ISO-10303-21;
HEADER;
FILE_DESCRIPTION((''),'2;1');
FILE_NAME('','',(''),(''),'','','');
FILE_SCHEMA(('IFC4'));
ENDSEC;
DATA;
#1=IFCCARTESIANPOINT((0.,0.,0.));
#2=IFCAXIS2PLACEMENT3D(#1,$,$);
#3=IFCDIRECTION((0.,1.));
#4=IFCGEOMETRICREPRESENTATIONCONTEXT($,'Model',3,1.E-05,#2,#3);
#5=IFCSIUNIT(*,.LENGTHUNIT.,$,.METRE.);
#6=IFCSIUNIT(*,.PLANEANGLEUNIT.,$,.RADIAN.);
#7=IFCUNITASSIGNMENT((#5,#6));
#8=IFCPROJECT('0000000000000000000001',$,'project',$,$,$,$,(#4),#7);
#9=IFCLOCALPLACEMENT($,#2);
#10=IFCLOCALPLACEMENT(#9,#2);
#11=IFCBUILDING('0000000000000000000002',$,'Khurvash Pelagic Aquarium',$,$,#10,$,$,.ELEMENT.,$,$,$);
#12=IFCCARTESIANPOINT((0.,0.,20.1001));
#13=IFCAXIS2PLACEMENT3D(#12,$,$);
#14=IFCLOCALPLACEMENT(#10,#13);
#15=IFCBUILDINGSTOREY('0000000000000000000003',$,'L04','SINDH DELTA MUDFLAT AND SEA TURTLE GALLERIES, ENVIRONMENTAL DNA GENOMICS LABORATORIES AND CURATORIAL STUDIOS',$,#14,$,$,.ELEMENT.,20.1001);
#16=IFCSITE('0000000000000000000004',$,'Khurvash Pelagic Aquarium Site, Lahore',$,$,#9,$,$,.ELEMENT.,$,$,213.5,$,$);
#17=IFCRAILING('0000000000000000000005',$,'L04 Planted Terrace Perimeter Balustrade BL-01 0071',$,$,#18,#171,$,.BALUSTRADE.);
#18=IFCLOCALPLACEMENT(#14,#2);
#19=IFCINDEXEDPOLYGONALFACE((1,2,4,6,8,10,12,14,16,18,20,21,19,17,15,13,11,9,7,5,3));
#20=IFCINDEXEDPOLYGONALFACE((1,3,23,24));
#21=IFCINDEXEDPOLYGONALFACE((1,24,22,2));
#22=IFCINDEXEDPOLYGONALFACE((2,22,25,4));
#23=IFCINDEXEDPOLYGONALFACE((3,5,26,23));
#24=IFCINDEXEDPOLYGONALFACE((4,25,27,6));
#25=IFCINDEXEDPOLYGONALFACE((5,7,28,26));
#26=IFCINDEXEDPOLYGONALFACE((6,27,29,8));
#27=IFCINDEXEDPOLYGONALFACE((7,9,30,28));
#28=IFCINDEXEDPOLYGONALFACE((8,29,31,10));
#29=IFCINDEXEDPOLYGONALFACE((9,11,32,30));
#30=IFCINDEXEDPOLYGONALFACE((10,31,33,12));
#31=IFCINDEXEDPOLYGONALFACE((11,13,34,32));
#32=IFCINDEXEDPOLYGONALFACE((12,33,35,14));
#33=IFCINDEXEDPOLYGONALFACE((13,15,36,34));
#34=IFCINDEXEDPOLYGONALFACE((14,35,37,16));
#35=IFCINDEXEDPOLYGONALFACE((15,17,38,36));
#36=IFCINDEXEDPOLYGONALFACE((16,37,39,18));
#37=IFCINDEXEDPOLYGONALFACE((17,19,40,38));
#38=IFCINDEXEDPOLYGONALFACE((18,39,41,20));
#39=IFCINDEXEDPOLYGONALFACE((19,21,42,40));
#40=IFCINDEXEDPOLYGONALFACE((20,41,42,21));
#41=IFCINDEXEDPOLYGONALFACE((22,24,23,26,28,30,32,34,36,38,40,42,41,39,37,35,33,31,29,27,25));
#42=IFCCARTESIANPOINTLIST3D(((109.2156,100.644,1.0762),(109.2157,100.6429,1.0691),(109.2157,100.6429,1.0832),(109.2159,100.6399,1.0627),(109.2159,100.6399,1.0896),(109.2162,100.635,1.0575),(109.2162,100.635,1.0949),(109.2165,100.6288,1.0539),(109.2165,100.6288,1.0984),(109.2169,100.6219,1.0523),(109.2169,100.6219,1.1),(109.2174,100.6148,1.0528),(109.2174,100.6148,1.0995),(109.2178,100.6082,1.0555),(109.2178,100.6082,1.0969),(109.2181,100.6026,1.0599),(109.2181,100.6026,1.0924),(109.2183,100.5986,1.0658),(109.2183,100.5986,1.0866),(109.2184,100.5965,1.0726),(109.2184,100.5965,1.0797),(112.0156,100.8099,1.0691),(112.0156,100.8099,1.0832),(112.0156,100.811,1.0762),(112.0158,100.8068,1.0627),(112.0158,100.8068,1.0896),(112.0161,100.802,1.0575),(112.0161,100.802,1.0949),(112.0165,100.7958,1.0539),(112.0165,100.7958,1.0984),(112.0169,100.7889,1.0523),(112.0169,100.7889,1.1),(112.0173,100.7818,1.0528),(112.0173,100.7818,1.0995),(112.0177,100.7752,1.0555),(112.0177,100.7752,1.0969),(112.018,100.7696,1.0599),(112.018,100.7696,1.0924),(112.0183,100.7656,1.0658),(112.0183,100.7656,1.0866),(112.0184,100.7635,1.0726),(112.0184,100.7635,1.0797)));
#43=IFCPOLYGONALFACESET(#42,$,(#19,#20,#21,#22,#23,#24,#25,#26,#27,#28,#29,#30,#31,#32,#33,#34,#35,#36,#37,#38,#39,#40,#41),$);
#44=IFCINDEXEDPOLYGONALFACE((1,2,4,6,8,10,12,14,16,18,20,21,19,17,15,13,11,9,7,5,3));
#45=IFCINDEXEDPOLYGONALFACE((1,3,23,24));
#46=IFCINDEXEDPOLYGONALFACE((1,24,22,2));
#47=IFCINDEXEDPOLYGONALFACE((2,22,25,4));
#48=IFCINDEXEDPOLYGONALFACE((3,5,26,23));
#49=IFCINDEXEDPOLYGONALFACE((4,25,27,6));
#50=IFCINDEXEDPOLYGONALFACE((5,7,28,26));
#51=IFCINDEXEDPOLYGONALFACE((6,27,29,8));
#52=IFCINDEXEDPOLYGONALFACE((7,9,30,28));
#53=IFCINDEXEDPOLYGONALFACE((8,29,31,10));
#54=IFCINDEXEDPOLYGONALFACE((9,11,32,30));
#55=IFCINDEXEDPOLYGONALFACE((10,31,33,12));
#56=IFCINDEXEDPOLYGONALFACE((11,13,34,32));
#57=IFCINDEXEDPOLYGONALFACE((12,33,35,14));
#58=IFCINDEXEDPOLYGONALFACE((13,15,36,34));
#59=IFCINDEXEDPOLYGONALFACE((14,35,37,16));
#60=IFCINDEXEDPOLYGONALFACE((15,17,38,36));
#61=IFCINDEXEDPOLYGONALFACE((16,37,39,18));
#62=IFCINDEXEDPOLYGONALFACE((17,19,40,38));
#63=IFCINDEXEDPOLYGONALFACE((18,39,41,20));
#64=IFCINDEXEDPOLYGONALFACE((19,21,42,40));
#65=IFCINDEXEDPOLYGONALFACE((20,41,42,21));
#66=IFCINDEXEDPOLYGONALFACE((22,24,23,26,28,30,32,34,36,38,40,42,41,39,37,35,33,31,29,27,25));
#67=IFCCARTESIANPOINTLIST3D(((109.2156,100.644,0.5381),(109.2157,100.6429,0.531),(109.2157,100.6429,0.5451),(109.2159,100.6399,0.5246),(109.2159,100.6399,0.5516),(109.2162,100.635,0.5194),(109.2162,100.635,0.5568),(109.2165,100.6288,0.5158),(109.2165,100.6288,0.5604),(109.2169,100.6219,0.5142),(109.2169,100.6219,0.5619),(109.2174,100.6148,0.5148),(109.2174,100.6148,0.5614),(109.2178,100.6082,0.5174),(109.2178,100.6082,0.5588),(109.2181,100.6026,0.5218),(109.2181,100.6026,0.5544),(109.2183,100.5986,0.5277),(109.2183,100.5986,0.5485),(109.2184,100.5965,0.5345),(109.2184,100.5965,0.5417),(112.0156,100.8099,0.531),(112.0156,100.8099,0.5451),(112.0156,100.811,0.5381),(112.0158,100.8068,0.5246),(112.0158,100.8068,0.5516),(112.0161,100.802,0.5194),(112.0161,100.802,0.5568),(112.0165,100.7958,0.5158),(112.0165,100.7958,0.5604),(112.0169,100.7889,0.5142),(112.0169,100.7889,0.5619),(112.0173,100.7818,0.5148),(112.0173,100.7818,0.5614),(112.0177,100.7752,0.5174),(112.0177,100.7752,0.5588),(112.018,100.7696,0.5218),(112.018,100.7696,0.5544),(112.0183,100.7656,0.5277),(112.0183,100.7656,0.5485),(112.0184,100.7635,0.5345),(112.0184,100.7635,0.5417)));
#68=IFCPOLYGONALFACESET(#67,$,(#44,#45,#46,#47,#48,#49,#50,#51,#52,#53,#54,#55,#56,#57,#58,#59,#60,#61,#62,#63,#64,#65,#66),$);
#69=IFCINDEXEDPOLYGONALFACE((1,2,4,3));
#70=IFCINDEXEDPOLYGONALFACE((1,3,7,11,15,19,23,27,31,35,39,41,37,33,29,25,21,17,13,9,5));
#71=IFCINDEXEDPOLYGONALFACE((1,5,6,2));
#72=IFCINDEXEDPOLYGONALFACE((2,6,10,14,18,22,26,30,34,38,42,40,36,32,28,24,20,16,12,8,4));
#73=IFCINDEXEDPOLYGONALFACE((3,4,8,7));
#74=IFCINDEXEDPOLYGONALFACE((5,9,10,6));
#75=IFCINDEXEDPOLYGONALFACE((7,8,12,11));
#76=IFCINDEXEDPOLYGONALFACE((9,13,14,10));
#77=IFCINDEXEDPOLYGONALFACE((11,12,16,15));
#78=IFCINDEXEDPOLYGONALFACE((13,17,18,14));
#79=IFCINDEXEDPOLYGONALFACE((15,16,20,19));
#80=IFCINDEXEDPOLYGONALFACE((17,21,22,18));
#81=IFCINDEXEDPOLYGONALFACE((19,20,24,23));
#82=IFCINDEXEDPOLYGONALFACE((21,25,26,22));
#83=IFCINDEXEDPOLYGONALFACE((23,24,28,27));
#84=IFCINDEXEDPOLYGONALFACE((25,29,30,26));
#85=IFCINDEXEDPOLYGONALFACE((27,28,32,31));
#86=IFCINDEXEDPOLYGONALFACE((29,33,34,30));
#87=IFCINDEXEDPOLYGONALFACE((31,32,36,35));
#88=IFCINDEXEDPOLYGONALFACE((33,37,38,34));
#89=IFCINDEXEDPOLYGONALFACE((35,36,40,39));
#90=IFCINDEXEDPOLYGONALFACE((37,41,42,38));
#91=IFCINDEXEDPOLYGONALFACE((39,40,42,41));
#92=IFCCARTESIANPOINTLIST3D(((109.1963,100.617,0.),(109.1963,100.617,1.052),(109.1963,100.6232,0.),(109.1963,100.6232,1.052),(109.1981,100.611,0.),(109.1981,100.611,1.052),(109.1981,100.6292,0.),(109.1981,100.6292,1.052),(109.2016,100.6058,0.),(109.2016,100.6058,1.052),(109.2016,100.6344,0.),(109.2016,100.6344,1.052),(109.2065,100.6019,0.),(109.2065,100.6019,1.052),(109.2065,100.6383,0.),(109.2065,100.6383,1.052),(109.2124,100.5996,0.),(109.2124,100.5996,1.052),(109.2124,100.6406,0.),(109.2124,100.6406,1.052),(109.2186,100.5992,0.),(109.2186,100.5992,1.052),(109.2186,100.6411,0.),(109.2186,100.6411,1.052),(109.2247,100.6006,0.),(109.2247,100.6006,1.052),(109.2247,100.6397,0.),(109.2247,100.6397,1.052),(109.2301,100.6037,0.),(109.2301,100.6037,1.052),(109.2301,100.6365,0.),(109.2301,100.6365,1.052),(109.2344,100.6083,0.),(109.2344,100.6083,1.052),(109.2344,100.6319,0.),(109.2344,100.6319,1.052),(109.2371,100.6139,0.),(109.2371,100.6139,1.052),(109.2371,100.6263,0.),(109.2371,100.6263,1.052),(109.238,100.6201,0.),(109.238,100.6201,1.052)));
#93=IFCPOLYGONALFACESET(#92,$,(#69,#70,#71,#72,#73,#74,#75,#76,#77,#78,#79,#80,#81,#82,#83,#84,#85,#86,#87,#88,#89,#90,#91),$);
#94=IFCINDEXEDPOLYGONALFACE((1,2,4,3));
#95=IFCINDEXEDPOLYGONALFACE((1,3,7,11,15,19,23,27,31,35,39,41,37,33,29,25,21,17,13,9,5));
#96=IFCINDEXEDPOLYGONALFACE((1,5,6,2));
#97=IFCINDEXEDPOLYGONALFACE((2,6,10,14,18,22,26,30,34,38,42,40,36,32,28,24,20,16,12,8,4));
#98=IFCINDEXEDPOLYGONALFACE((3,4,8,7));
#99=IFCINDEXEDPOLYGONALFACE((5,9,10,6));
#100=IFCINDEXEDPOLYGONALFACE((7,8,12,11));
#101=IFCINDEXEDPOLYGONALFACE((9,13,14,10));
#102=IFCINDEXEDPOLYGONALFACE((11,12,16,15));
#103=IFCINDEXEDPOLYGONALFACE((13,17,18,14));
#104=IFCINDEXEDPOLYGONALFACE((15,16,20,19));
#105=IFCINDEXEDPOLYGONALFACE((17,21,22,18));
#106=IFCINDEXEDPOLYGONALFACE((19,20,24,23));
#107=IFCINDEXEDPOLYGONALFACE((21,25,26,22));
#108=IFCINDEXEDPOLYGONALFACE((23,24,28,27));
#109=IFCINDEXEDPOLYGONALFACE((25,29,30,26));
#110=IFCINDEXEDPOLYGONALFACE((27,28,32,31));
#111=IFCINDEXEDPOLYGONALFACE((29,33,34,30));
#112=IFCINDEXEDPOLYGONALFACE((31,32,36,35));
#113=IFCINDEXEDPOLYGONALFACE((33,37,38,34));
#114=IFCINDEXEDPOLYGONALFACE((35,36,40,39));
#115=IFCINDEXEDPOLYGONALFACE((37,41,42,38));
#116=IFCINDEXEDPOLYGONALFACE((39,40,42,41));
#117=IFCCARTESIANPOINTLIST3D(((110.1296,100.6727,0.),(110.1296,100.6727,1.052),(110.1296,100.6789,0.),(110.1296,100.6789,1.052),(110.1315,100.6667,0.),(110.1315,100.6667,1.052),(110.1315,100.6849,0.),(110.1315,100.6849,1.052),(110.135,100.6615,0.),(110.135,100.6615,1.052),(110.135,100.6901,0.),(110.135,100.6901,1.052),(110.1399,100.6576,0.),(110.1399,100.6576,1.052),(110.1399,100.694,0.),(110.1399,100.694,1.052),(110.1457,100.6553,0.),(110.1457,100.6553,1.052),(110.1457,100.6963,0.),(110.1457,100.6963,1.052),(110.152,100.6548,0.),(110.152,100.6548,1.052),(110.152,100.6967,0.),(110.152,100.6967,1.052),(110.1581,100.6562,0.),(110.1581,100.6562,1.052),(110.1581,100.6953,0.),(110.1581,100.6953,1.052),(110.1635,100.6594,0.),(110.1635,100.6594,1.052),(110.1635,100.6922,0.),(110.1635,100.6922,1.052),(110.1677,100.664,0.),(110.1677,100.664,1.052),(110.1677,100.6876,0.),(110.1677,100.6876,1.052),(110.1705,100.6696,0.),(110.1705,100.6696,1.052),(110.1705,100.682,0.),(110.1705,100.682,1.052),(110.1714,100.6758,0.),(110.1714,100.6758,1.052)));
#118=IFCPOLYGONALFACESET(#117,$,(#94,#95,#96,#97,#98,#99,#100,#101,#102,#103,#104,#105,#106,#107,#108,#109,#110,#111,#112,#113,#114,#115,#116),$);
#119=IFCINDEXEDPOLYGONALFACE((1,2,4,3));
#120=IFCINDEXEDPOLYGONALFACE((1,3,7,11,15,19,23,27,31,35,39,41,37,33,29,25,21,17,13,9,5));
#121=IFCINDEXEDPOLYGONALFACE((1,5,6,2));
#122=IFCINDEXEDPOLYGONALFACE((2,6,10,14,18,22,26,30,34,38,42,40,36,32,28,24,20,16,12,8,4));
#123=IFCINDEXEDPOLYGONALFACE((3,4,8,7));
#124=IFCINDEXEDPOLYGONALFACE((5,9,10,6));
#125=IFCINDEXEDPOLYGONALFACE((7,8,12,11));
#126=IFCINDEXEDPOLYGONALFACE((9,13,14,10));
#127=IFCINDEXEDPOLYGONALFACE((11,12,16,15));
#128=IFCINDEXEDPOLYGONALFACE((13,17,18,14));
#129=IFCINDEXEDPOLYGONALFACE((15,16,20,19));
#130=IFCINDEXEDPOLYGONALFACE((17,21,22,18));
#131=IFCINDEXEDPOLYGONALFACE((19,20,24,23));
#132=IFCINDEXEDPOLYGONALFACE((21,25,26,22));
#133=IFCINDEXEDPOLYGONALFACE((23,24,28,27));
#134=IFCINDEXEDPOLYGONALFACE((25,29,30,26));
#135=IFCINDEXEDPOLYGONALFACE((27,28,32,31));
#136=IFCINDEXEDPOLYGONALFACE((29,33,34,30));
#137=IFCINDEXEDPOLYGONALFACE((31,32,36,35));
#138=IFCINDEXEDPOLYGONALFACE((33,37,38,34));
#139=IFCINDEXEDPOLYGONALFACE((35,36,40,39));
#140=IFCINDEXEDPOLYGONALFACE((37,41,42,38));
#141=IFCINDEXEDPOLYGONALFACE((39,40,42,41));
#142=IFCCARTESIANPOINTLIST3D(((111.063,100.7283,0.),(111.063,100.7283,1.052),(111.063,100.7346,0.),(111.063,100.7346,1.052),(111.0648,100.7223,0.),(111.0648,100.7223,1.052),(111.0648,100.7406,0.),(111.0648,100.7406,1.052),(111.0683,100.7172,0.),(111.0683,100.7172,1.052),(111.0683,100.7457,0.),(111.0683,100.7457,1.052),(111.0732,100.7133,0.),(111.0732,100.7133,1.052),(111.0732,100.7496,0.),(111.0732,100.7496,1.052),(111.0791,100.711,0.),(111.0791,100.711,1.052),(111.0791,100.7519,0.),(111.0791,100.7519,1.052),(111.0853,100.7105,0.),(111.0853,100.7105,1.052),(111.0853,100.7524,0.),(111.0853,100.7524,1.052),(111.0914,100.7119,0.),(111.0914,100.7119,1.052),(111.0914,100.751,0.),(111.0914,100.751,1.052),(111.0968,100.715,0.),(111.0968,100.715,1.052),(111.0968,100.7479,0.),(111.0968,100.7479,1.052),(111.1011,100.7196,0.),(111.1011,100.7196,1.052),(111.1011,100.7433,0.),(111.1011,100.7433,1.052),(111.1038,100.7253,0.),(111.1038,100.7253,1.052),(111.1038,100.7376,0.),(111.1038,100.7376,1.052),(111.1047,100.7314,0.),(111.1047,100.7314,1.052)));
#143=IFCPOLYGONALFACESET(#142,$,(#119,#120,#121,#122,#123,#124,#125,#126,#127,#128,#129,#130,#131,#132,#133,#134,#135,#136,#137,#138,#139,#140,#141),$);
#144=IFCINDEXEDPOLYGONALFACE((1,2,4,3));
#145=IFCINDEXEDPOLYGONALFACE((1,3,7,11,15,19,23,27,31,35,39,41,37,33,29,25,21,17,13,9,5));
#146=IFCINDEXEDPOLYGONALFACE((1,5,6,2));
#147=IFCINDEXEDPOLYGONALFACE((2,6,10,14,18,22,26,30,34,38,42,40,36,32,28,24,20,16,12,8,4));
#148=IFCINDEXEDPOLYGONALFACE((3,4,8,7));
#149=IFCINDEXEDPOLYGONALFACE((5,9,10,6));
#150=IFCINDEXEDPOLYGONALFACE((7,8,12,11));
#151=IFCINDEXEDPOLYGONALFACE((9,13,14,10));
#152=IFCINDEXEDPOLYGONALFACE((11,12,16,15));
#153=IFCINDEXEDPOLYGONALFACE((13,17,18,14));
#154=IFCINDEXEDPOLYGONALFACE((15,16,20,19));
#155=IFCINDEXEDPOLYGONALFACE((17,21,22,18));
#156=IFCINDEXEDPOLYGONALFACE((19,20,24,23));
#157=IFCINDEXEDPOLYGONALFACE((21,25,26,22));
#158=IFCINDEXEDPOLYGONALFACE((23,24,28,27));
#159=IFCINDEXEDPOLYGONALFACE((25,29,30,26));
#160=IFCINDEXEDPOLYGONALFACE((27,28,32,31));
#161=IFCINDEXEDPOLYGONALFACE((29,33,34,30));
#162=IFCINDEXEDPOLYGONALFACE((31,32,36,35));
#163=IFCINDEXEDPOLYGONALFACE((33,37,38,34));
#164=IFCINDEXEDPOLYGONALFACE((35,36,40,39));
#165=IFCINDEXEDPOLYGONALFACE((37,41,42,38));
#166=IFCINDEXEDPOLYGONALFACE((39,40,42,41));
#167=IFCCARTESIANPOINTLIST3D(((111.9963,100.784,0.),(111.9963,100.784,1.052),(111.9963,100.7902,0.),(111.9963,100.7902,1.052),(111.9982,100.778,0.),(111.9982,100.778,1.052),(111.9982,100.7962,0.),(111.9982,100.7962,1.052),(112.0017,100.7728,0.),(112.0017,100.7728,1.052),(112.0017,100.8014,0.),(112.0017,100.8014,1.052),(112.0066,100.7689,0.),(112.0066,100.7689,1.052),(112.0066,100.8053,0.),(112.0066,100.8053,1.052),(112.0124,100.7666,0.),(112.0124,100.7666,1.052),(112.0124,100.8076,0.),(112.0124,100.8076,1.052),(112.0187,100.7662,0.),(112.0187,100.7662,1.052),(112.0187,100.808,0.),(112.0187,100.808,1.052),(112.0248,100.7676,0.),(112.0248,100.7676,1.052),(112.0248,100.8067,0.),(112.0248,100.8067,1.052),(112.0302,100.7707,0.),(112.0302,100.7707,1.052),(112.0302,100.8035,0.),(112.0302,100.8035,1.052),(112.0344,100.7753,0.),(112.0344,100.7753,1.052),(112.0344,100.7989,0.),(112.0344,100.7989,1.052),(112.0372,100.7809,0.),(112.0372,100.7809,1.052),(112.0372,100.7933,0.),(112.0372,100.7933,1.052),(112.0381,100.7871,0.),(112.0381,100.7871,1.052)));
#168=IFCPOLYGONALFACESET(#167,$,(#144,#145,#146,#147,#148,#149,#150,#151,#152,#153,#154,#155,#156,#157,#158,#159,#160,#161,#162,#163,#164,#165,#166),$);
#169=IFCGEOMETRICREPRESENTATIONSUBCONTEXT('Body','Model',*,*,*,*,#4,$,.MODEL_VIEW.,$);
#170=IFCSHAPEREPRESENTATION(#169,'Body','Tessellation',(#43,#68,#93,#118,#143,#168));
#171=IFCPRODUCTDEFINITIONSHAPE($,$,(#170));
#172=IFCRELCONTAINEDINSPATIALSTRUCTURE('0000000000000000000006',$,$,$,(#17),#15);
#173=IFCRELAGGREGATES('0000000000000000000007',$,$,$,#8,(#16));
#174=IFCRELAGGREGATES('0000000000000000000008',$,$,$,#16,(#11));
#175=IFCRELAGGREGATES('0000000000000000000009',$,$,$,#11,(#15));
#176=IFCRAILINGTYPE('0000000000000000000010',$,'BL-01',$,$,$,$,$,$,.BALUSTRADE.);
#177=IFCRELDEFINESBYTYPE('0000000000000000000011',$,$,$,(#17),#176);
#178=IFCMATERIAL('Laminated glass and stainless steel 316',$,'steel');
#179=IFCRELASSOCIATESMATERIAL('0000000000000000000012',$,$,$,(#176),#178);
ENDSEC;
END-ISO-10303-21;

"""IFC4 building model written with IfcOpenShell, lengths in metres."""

from ifc_helpers import new_model, si_unit, direction, frame, origin, origin_2d, place, context, subcontext, project, spatial, circle, extrude, material, type_object, element, save


model = new_model("IFC4")

# Units and contexts
model_context = context("Model", 3, precision=1e-05, world=origin(), true_north=direction((0.0, 1.0)))
body_context = subcontext(model_context, "Body", "Model", "MODEL_VIEW")
ifc_project = project(units=[si_unit("LENGTHUNIT", "METRE"), si_unit("PLANEANGLEUNIT", "RADIAN")], contexts=[model_context])

# Site, building, storey
site_placement = place(None, origin())
site = spatial("IfcSite", under=ifc_project, at=site_placement, Name="Khurvash Pelagic Aquarium Site, Lahore", CompositionType="ELEMENT", RefElevation=213.5)
building_placement = place(site_placement, origin())
building = spatial("IfcBuilding", under=site, at=building_placement, Name="Khurvash Pelagic Aquarium", CompositionType="ELEMENT")
storey_placement = place(building_placement, frame((0.0, 0.0, 20.1001)))
storey = spatial("IfcBuildingStorey", under=building, at=storey_placement, Name="L04", Description="SINDH DELTA MUDFLAT AND SEA TURTLE GALLERIES, ENVIRONMENTAL DNA GENOMICS LABORATORIES AND CURATORIAL STUDIOS", CompositionType="ELEMENT", Elevation=20.1001)

# Railing
ifc_material_1 = material(Name="Laminated glass and stainless steel 316", Category="steel")
railing_type = type_object("IfcRailingType", Name="BL-01", PredefinedType="BALUSTRADE", material=ifc_material_1)
railing_1_placement = place(storey_placement, frame((109.217, 100.6201, 0.0)))
element("IfcRailing", 1, at=railing_1_placement, inside=storey, type_object=railing_type, Name="L04 Planted Terrace Perimeter Balustrade BL-01 0071", PredefinedType="BALUSTRADE", context=body_context, shape_type="SweptSolid", body=[
    extrude(circle(Radius=0.0239, at=origin_2d()), frame((0.0, 0.0, 1.0762), z_axis=(0.998226, 0.059533, 0.0), x_axis=(-0.059533, 0.998226, 0.0)), (0.0, 0.0, 1.0), 2.8049),
    extrude(circle(Radius=0.0239, at=origin_2d()), frame((0.0, 0.0, 0.5381), z_axis=(0.998226, 0.059533, 0.0), x_axis=(-0.059533, 0.998226, 0.0)), (0.0, 0.0, 1.0), 2.8049),
    extrude(circle(Radius=0.021, at=origin_2d()), origin(), (0.0, 0.0, 1.0), 1.052),
    extrude(circle(Radius=0.021, at=origin_2d()), frame((0.9333, 0.0557, 0.0)), (0.0, 0.0, 1.0), 1.052),
    extrude(circle(Radius=0.021, at=origin_2d()), frame((1.8667, 0.1113, 0.0)), (0.0, 0.0, 1.0), 1.052),
    extrude(circle(Radius=0.021, at=origin_2d()), frame((2.8, 0.167, 0.0)), (0.0, 0.0, 1.0), 1.052),
])

save(model, "model.ifc")
